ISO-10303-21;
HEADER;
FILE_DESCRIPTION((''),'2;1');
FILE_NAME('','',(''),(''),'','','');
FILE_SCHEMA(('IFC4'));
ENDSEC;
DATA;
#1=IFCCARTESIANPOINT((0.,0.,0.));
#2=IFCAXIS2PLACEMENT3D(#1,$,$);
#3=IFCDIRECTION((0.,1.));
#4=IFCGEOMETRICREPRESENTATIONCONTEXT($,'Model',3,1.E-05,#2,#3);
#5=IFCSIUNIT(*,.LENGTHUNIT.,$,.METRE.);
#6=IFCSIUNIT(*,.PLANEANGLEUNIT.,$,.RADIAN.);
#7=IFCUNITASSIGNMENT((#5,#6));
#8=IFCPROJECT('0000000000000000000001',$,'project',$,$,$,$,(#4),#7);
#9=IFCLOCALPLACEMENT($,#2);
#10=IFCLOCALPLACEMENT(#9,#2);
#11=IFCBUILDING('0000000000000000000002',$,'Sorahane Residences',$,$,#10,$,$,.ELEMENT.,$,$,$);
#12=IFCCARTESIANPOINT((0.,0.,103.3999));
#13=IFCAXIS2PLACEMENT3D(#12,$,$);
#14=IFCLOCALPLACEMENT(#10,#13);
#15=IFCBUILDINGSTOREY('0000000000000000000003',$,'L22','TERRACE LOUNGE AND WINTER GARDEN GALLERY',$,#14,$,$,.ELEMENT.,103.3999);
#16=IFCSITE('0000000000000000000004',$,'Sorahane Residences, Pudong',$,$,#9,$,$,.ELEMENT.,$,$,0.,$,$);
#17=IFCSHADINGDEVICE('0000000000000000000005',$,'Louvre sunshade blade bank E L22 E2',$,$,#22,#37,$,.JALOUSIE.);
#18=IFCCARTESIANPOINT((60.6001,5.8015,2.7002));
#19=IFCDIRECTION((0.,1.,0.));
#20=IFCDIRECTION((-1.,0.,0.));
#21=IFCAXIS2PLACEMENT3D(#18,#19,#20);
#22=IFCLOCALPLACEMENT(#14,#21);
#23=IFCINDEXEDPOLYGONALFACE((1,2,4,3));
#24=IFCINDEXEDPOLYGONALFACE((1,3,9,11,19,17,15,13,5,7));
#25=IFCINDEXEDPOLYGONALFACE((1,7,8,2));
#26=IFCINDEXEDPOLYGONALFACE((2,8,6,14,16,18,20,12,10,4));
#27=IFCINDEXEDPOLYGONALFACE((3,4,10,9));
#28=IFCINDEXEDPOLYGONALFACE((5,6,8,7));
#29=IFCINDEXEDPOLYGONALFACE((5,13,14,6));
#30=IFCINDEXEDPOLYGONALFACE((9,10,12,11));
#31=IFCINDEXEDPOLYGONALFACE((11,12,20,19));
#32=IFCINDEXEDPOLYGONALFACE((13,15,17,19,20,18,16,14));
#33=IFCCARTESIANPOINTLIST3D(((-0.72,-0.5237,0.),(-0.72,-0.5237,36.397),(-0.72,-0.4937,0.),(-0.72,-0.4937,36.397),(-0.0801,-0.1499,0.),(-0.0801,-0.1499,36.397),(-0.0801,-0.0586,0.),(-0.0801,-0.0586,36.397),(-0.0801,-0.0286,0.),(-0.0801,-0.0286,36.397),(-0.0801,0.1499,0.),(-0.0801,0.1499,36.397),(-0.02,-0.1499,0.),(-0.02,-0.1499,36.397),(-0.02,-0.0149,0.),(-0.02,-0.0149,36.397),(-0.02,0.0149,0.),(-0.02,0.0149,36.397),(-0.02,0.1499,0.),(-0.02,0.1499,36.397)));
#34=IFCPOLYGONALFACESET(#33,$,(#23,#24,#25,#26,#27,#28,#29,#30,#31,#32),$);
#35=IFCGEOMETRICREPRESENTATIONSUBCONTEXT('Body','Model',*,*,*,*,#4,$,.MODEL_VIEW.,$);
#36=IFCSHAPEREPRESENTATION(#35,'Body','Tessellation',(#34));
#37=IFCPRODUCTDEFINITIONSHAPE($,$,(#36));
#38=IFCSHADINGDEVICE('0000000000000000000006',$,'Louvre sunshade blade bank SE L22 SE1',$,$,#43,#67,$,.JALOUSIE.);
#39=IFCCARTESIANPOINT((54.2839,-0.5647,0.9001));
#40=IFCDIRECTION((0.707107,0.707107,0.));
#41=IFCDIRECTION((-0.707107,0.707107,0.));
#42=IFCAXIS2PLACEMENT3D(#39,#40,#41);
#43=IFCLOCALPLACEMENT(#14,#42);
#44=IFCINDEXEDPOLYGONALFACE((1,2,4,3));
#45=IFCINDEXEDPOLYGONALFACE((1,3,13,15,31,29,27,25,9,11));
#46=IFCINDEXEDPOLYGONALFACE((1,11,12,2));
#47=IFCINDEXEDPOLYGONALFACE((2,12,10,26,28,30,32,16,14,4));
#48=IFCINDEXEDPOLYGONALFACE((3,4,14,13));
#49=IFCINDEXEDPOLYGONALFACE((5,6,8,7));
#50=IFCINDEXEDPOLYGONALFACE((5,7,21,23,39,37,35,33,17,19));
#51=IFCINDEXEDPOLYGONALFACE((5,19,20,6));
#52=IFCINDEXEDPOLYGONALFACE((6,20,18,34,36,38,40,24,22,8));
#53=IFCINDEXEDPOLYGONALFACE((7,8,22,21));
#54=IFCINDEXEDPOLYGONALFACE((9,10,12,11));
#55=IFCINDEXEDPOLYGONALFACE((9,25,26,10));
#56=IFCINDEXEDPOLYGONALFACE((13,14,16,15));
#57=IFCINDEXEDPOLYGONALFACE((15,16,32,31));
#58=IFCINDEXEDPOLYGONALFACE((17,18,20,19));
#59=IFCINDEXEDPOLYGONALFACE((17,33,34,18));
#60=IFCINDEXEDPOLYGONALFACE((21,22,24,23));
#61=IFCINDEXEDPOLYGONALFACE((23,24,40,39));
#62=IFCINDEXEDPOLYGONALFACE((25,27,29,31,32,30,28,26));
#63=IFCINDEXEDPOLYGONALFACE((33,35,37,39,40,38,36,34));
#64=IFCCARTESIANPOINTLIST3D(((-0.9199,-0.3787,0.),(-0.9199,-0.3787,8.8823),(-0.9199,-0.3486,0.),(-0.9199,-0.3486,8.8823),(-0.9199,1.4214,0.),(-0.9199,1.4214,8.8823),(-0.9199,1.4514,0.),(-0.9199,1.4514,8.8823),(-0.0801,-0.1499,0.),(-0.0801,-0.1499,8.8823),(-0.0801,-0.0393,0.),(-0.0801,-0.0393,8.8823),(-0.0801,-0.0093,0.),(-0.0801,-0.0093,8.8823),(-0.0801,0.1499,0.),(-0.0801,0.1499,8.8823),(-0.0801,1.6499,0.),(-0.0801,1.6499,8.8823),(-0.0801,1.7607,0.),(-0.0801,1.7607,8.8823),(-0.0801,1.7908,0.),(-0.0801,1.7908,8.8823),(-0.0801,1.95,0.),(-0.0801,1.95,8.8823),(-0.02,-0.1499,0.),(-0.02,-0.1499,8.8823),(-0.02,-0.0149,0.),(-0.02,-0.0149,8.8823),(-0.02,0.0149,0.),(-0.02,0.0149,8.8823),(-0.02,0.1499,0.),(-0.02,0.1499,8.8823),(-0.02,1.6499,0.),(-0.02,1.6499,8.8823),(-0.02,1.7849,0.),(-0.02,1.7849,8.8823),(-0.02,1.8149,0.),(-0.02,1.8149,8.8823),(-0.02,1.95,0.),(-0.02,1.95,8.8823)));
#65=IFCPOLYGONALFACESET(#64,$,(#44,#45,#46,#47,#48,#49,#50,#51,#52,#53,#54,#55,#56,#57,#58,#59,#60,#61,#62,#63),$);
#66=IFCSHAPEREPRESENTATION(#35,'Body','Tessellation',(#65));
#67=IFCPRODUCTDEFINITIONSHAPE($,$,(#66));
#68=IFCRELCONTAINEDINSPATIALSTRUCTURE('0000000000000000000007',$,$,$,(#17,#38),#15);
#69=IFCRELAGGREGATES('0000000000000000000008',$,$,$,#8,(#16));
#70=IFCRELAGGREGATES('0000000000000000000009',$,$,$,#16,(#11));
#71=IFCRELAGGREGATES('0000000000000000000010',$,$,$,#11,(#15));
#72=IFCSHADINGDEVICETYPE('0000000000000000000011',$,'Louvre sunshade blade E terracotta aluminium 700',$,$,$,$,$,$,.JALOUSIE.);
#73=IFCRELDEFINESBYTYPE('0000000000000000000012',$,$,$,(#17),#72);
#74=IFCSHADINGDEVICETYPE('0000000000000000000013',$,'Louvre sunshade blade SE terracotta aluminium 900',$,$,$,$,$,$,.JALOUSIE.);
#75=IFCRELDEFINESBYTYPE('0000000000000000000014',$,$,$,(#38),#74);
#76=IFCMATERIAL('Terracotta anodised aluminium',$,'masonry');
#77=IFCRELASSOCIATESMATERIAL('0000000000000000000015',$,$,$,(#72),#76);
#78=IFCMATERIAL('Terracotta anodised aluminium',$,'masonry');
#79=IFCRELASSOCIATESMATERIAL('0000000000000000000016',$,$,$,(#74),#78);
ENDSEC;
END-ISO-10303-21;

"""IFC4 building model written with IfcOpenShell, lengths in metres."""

from ifc_helpers import new_model, si_unit, direction, frame, origin, place, context, subcontext, project, spatial, polyline, outline, composite_profile, extrude, material, type_object, element, save


model = new_model("IFC4")

# Units and contexts
model_context = context("Model", 3, precision=1e-05, world=origin(), true_north=direction((0.0, 1.0)))
body_context = subcontext(model_context, "Body", "Model", "MODEL_VIEW")
ifc_project = project(units=[si_unit("LENGTHUNIT", "METRE"), si_unit("PLANEANGLEUNIT", "RADIAN")], contexts=[model_context])

# Site, building, storey
site_placement = place(None, origin())
site = spatial("IfcSite", under=ifc_project, at=site_placement, Name="Sorahane Residences, Pudong", CompositionType="ELEMENT", RefElevation=0.0)
building_placement = place(site_placement, origin())
building = spatial("IfcBuilding", under=site, at=building_placement, Name="Sorahane Residences", CompositionType="ELEMENT")
storey_placement = place(building_placement, frame((0.0, 0.0, 103.3999)))
storey = spatial("IfcBuildingStorey", under=building, at=storey_placement, Name="L22", Description="TERRACE LOUNGE AND WINTER GARDEN GALLERY", CompositionType="ELEMENT", Elevation=103.3999)

# Shading devices
ifc_material_1 = material(Name="Terracotta anodised aluminium", Category="masonry")
shading_device_type_1 = type_object("IfcShadingDeviceType", Name="Louvre sunshade blade E terracotta aluminium 700", PredefinedType="JALOUSIE", material=ifc_material_1)
shading_device_1_placement = place(storey_placement, frame((60.6001, 5.8015, 2.7002), z_axis=(0.0, 1.0, 0.0), x_axis=(-1.0, 0.0, 0.0)))
element("IfcShadingDevice", 1, at=shading_device_1_placement, inside=storey, type_object=shading_device_type_1, Name="Louvre sunshade blade bank E L22 E2", PredefinedType="JALOUSIE", context=body_context, shape_type="SweptSolid", body=[
    extrude(outline(polyline([(-0.72, -0.4937), (-0.72, -0.5237), (-0.0801, -0.0586), (-0.0801, -0.1499), (-0.02, -0.1499), (-0.02, -0.0149), (-0.02, 0.0149), (-0.02, 0.1499), (-0.0801, 0.1499), (-0.0801, -0.0286), (-0.72, -0.4937)])), origin(), (0.0, 0.0, 1.0), 36.397),
])
ifc_material_2 = material(Name="Terracotta anodised aluminium", Category="masonry")
shading_device_type_2 = type_object("IfcShadingDeviceType", Name="Louvre sunshade blade SE terracotta aluminium 900", PredefinedType="JALOUSIE", material=ifc_material_2)
shading_device_2_placement = place(storey_placement, frame((54.2839, -0.5647, 0.9001), z_axis=(0.707107, 0.707107, 0.0), x_axis=(-0.707107, 0.707107, 0.0)))
element("IfcShadingDevice", 2, at=shading_device_2_placement, inside=storey, type_object=shading_device_type_2, Name="Louvre sunshade blade bank SE L22 SE1", PredefinedType="JALOUSIE", context=body_context, shape_type="SweptSolid", body=[
    extrude(composite_profile([outline(polyline([(-0.9199, -0.3486), (-0.9199, -0.3787), (-0.0801, -0.0393), (-0.0801, -0.1499), (-0.02, -0.1499), (-0.02, -0.0149), (-0.02, 0.0149), (-0.02, 0.1499), (-0.0801, 0.1499), (-0.0801, -0.0093), (-0.9199, -0.3486)])), outline(polyline([(-0.9199, 1.4514), (-0.9199, 1.4214), (-0.0801, 1.7607), (-0.0801, 1.6499), (-0.02, 1.6499), (-0.02, 1.7849), (-0.02, 1.8149), (-0.02, 1.95), (-0.0801, 1.95), (-0.0801, 1.7908), (-0.9199, 1.4514)]))]), origin(), (0.0, 0.0, 1.0), 8.8823),
])

save(model, "model.ifc")
